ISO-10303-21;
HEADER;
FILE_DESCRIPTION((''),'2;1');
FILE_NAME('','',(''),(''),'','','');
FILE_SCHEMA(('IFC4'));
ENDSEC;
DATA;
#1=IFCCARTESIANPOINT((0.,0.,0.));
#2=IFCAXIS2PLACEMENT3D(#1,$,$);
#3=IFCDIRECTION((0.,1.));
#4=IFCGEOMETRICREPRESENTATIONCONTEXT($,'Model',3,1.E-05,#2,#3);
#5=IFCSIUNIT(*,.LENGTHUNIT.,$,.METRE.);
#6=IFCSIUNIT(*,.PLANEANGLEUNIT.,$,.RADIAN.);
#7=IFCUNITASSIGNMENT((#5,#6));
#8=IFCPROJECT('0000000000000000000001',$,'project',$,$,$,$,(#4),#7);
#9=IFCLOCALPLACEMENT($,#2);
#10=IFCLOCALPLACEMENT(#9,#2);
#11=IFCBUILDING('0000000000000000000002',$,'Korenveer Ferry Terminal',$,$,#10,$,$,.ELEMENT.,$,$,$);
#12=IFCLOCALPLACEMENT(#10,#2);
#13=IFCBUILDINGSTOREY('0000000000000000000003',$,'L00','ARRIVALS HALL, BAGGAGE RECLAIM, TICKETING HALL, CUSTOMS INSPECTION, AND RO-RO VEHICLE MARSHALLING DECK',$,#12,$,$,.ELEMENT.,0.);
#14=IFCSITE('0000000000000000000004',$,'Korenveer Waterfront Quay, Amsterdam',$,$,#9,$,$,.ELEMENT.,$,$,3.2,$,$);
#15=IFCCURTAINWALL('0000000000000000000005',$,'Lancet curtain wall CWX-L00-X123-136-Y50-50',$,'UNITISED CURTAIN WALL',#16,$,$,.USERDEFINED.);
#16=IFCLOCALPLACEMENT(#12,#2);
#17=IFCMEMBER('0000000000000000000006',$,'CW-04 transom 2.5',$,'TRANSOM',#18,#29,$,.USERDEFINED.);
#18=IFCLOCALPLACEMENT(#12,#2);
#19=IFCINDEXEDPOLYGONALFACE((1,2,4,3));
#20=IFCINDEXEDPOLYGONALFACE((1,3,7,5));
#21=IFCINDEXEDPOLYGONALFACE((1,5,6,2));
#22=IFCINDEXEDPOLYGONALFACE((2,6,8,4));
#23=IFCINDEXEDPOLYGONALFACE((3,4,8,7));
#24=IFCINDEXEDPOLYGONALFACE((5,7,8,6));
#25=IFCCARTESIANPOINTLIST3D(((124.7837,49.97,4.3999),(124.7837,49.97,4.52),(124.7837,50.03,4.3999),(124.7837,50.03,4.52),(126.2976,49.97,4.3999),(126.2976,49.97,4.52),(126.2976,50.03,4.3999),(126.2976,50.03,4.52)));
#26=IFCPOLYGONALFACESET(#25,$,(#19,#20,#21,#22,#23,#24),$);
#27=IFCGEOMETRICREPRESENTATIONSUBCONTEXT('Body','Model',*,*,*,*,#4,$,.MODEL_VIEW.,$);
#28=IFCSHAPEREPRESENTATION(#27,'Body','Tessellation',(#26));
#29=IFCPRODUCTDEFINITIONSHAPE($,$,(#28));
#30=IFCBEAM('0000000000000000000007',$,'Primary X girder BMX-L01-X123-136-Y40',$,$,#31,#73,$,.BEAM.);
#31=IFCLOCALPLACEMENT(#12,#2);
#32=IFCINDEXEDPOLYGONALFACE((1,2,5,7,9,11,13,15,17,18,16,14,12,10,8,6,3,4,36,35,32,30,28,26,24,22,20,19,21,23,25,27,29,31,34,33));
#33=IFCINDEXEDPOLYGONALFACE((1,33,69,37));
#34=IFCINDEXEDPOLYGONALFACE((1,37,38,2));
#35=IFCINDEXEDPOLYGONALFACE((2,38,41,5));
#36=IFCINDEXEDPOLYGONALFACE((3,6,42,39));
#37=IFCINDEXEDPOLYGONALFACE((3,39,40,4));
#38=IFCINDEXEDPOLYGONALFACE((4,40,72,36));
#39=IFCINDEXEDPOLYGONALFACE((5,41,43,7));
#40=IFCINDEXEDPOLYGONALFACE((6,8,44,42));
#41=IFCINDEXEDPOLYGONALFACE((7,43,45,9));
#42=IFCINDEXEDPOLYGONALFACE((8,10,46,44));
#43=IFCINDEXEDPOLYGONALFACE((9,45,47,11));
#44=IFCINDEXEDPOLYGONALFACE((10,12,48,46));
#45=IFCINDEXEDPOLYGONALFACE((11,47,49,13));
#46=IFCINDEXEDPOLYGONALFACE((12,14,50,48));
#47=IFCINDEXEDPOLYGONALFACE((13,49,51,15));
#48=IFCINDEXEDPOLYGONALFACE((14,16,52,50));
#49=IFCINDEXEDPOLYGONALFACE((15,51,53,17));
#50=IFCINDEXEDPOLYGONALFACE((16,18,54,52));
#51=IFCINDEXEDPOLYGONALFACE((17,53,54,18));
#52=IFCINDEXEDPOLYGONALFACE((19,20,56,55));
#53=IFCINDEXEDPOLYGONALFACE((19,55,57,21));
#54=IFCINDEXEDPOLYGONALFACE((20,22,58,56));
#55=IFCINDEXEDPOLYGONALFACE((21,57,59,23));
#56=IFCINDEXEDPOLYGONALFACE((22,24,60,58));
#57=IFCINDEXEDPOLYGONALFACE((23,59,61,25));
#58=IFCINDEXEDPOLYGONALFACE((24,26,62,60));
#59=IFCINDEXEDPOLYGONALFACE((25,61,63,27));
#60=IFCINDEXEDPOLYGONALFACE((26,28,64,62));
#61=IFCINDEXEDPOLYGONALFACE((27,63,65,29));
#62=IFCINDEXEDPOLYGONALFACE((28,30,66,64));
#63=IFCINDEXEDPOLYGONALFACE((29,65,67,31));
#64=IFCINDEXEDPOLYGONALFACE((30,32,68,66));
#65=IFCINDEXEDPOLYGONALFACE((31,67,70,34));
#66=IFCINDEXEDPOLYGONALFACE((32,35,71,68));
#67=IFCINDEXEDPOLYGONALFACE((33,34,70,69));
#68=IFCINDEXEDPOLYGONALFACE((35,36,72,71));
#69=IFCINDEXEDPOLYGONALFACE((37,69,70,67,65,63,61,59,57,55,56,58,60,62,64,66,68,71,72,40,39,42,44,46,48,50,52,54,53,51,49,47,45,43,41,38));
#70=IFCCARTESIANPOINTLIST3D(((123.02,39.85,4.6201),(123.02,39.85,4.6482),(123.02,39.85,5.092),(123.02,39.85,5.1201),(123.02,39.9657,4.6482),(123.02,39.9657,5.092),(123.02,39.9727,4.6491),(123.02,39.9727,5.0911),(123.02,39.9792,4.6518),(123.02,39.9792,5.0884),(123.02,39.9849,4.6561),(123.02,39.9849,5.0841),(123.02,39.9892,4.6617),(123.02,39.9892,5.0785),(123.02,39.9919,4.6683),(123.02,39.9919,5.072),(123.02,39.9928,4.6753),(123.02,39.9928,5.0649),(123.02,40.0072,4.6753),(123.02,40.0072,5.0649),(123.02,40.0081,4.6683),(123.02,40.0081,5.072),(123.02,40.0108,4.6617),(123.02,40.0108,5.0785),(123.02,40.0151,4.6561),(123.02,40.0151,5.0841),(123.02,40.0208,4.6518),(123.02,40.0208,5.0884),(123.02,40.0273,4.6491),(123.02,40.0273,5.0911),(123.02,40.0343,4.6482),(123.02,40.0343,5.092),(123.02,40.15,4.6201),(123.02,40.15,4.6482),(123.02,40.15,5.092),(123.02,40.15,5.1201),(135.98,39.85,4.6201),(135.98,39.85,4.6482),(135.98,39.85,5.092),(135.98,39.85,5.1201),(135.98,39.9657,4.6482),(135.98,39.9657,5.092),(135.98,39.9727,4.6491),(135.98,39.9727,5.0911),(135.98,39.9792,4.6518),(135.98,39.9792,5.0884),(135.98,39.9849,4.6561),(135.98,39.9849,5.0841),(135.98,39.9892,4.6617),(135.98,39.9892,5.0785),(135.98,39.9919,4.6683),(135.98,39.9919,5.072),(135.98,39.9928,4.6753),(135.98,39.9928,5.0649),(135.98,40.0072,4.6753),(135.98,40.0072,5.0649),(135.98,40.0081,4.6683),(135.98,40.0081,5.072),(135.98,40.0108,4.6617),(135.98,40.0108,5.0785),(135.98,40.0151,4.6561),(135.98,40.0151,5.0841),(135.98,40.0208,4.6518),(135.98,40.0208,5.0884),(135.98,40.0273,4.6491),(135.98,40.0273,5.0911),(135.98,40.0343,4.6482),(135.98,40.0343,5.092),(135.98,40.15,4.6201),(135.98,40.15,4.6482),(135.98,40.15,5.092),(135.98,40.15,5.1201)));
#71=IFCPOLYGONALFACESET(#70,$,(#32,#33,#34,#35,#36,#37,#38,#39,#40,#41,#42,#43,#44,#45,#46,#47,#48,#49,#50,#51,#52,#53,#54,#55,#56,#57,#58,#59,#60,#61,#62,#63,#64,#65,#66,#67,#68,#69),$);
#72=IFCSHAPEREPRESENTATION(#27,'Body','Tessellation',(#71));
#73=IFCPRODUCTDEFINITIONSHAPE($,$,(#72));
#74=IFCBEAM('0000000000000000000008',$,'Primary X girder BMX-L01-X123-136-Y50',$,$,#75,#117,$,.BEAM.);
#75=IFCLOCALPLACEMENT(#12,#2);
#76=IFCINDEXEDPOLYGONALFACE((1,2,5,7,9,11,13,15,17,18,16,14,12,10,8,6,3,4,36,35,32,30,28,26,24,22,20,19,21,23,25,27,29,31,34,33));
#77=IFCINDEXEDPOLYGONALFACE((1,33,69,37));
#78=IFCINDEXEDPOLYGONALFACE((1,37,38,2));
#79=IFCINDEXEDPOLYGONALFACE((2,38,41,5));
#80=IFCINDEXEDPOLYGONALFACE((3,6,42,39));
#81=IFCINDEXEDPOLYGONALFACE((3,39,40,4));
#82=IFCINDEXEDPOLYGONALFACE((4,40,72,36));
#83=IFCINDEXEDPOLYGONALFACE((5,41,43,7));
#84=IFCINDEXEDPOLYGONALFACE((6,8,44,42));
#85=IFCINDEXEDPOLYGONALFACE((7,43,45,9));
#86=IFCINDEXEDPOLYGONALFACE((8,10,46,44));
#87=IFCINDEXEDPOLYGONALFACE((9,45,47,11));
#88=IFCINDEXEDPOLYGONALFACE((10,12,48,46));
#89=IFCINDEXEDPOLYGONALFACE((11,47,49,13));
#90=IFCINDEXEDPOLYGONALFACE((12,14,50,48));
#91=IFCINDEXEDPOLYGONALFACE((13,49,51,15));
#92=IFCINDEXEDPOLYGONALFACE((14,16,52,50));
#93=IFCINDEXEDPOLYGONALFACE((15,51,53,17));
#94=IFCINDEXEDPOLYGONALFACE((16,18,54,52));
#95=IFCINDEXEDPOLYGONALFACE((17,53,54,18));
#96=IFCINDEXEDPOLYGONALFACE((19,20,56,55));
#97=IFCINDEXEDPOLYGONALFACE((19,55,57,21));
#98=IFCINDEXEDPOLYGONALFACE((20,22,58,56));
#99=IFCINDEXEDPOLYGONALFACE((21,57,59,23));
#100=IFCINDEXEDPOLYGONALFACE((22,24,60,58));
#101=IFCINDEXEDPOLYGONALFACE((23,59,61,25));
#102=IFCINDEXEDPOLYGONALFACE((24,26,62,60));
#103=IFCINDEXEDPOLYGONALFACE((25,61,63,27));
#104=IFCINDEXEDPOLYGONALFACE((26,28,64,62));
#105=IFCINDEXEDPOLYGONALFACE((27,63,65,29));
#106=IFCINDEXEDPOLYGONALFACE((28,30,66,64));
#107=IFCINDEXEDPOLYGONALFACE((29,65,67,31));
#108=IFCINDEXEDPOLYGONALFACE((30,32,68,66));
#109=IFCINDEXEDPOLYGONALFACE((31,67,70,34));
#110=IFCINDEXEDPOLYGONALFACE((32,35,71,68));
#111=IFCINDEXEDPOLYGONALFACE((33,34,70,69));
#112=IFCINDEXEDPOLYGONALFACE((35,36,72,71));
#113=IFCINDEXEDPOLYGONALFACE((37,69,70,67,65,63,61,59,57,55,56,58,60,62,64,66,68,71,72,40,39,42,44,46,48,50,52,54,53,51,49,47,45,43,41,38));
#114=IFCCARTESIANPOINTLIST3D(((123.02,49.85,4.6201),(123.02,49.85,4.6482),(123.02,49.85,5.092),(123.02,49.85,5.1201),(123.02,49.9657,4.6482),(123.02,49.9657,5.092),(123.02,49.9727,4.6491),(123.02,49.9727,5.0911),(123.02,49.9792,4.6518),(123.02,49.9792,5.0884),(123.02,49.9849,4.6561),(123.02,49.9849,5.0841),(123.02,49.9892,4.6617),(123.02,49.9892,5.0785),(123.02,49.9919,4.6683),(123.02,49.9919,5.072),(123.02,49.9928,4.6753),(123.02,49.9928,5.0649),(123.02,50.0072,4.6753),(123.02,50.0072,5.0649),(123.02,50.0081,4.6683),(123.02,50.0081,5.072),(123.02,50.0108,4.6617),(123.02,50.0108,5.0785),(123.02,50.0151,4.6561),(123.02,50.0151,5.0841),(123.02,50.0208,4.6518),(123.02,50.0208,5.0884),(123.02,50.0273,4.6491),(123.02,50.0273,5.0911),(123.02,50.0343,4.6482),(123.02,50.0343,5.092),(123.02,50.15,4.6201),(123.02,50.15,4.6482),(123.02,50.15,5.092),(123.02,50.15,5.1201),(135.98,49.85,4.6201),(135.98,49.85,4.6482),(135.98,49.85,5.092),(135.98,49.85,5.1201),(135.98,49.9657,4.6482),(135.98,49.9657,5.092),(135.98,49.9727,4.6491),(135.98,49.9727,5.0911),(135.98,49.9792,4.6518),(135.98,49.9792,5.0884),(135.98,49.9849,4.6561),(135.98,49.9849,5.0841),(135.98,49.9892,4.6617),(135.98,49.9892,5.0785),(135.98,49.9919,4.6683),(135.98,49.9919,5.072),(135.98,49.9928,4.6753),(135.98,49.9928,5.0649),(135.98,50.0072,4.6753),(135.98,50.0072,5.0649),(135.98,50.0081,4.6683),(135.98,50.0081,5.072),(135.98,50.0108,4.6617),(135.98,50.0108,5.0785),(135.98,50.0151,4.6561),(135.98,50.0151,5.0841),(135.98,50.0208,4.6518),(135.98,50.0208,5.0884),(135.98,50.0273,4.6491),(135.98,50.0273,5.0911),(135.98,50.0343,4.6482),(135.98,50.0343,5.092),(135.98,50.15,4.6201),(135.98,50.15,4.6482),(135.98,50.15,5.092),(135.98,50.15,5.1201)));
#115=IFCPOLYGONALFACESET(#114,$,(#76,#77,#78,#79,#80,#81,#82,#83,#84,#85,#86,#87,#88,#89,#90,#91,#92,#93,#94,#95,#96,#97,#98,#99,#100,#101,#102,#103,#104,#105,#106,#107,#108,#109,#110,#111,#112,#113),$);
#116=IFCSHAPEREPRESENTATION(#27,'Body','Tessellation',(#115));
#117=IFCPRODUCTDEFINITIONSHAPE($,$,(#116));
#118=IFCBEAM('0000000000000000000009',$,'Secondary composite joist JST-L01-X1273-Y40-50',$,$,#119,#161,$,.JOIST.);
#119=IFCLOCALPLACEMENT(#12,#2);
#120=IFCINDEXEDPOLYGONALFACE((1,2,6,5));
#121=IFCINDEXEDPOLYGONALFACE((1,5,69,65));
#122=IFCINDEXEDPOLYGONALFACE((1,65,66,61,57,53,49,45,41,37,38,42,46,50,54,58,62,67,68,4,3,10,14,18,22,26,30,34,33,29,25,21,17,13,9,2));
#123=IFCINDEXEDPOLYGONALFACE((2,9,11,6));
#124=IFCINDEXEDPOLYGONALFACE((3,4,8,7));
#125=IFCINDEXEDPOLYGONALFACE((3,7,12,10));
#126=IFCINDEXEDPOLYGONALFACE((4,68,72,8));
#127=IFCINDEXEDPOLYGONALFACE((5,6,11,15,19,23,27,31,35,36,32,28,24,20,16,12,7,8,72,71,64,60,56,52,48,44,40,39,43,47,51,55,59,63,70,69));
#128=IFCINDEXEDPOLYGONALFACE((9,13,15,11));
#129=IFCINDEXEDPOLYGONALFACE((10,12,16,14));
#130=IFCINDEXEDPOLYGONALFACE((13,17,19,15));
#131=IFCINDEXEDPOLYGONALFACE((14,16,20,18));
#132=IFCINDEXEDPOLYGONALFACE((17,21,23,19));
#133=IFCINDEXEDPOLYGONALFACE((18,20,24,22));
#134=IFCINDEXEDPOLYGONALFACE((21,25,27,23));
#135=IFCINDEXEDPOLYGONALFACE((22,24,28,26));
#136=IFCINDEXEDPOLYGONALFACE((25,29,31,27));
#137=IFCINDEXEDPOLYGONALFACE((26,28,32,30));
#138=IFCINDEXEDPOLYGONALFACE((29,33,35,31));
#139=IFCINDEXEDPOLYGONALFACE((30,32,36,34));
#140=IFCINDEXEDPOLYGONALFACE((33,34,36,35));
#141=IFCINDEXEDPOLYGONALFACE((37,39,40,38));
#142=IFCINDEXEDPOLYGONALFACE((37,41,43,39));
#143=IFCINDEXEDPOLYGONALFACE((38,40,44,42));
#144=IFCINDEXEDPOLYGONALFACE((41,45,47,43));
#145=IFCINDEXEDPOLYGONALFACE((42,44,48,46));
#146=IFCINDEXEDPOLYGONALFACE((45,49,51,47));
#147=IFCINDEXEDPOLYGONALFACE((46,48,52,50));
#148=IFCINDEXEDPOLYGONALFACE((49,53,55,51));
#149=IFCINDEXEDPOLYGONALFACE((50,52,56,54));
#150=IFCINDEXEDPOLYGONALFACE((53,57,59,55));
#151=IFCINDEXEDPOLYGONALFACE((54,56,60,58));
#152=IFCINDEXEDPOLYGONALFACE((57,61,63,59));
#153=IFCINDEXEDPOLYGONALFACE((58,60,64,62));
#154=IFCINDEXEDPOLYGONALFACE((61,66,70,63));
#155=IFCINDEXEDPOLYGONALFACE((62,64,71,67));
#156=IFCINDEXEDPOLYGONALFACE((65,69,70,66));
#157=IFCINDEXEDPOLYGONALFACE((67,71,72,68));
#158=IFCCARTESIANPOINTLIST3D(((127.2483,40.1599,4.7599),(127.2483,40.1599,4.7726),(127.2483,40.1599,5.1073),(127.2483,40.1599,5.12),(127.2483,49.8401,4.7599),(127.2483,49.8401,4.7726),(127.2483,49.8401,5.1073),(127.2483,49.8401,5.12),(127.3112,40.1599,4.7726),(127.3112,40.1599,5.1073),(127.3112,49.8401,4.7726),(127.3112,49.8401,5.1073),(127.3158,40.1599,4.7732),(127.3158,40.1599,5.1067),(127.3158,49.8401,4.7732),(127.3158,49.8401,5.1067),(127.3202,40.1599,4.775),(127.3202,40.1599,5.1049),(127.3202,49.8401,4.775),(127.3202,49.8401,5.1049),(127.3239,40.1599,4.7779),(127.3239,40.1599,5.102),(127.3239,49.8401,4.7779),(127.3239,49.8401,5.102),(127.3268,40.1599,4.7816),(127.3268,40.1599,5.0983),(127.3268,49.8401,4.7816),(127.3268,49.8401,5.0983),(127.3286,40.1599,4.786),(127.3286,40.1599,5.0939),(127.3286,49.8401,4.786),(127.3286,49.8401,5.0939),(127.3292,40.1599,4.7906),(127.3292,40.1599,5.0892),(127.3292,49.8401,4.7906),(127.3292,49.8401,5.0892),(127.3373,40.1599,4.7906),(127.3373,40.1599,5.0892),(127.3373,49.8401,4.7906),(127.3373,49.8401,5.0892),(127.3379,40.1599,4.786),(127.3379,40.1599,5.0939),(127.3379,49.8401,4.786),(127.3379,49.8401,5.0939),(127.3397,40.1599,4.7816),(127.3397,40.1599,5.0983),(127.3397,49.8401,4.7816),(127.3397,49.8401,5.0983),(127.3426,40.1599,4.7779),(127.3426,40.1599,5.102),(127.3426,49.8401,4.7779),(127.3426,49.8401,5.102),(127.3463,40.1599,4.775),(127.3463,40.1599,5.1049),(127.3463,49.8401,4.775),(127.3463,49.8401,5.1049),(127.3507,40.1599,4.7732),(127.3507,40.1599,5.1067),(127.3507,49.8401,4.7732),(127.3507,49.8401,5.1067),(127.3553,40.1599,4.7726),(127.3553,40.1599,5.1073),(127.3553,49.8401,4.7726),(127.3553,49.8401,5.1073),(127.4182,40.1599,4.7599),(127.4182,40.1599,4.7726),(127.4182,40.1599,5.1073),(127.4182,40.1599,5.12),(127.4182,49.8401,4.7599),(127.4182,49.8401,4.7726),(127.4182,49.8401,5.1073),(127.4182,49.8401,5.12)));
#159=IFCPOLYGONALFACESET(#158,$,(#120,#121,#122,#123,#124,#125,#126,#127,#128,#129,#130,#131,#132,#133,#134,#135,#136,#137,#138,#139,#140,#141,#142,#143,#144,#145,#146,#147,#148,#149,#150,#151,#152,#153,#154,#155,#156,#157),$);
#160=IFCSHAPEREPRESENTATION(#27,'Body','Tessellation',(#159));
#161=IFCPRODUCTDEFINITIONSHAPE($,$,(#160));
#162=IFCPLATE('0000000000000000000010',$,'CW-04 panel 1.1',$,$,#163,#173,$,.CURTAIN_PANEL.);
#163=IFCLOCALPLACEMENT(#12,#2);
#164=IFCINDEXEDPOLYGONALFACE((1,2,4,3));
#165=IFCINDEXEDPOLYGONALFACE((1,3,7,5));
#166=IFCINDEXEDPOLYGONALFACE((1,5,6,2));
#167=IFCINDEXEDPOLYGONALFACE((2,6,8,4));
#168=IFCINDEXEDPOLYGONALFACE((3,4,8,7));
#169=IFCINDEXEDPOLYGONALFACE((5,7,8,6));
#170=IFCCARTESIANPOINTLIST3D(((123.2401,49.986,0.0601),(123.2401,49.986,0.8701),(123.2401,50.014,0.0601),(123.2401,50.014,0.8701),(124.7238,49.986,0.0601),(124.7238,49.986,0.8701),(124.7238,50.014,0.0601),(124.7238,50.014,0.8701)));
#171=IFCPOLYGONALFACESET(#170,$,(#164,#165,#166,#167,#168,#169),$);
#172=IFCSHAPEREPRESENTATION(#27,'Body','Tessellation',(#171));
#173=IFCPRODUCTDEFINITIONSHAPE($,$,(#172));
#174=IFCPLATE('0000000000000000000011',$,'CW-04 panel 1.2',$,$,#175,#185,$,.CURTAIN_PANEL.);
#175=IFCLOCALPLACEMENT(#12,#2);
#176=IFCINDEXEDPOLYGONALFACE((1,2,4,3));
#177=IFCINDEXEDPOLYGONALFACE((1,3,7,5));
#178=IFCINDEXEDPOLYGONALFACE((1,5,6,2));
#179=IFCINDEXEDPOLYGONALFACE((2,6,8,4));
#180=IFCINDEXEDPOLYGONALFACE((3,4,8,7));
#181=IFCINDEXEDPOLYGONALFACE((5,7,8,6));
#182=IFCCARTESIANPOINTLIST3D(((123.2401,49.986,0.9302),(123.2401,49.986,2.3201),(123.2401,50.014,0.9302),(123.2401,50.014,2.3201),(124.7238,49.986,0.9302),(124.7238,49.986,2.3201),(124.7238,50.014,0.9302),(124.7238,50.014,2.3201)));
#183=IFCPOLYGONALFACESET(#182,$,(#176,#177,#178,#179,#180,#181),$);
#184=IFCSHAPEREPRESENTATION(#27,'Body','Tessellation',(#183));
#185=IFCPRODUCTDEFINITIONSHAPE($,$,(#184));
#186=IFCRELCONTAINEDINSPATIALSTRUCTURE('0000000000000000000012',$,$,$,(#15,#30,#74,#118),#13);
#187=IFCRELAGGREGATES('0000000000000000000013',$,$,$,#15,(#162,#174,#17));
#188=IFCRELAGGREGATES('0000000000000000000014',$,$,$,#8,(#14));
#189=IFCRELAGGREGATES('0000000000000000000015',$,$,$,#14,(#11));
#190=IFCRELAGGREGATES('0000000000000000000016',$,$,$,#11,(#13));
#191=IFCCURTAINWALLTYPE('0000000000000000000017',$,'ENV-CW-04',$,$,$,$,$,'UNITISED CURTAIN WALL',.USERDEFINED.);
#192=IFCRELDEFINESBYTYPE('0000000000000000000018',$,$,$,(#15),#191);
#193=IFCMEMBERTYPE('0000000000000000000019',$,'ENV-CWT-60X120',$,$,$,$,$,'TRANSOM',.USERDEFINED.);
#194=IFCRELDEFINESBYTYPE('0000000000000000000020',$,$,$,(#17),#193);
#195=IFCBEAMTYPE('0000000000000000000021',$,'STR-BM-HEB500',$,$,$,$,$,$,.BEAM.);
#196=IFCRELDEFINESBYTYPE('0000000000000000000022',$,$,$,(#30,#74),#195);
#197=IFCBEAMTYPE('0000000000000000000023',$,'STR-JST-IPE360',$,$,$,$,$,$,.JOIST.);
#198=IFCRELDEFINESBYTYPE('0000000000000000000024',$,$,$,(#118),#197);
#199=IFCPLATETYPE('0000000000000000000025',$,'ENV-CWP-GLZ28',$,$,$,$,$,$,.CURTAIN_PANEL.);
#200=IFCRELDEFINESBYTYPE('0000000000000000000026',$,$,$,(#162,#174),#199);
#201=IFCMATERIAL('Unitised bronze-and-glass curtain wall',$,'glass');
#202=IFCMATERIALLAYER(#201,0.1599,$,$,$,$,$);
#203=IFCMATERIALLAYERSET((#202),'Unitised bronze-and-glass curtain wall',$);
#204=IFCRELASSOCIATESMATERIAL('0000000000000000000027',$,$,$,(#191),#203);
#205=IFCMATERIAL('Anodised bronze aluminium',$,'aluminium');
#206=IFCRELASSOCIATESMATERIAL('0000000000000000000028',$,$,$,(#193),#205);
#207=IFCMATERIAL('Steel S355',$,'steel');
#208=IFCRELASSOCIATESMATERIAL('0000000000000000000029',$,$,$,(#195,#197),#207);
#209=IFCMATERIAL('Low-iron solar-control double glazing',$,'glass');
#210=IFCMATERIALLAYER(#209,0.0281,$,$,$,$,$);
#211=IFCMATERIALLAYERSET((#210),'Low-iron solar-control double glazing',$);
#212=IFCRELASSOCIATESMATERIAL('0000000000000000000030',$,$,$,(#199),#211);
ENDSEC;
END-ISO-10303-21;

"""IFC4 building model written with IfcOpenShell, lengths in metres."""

from ifc_helpers import new_model, si_unit, direction, frame, origin, origin_2d, place, context, subcontext, project, spatial, rectangle, i_section, extrude, material, layer, layer_set, material_profile, profile_set, type_object, element, aggregate, save


model = new_model("IFC4")

# Units and contexts
model_context = context("Model", 3, precision=1e-05, world=origin(), true_north=direction((0.0, 1.0)))
body_context = subcontext(model_context, "Body", "Model", "MODEL_VIEW")
ifc_project = project(units=[si_unit("LENGTHUNIT", "METRE"), si_unit("PLANEANGLEUNIT", "RADIAN")], contexts=[model_context])

# Site, building, storey
site_placement = place(None, origin())
site = spatial("IfcSite", under=ifc_project, at=site_placement, Name="Korenveer Waterfront Quay, Amsterdam", CompositionType="ELEMENT", RefElevation=3.2)
building_placement = place(site_placement, origin())
building = spatial("IfcBuilding", under=site, at=building_placement, Name="Korenveer Ferry Terminal", CompositionType="ELEMENT")
storey_placement = place(building_placement, origin())
storey = spatial("IfcBuildingStorey", under=building, at=storey_placement, Name="L00", Description="ARRIVALS HALL, BAGGAGE RECLAIM, TICKETING HALL, CUSTOMS INSPECTION, AND RO-RO VEHICLE MARSHALLING DECK", CompositionType="ELEMENT", Elevation=0.0)

# Curtain wall, member
ifc_material_1 = material(Name="Unitised bronze-and-glass curtain wall", Category="glass")
ifc_layer_1 = layer(ifc_material_1, 0.1599)
ifc_layer_set_1 = layer_set([ifc_layer_1], Name="Unitised bronze-and-glass curtain wall")
curtain_wall_type = type_object("IfcCurtainWallType", Name="ENV-CW-04", ElementType="UNITISED CURTAIN WALL", PredefinedType="USERDEFINED", material=ifc_layer_set_1)
curtain_wall_placement = place(storey_placement, frame((123.1799, 50.0, 0.0)))
curtain_wall = element("IfcCurtainWall", 1, at=curtain_wall_placement, inside=storey, type_object=curtain_wall_type, Name="Lancet curtain wall CWX-L00-X123-136-Y50-50", ObjectType="UNITISED CURTAIN WALL", PredefinedType="USERDEFINED")
ifc_material_2 = material(Name="Anodised bronze aluminium", Category="aluminium")
ifc_material_profile_1 = material_profile(ifc_material_2, rectangle(XDim=0.0601, YDim=0.1201, at=origin_2d()), Name="ALU 60x120")
ifc_profile_set_1 = profile_set([ifc_material_profile_1], Name="Anodised bronze aluminium")
member_type_1 = type_object("IfcMemberType", Name="ENV-CWT-60X120", ElementType="TRANSOM", PredefinedType="USERDEFINED", material=ifc_profile_set_1)
member_1_placement = place(storey_placement, frame((124.7837, 50.0, 4.46), z_axis=(1.0, 0.0, 0.0), x_axis=(0.0, 1.0, 0.0)))
member_1 = element("IfcMember", 2, at=member_1_placement, type_object=member_type_1, Name="CW-04 transom 2.5", ObjectType="TRANSOM", PredefinedType="USERDEFINED", context=body_context, shape_type="SweptSolid", body=[
    extrude(rectangle(XDim=0.0601, YDim=0.1201, at=origin_2d()), origin(), (0.0, 0.0, 1.0), 1.5139),
])

# Beams
ifc_material_3 = material(Name="Steel S355", Category="steel")
ifc_material_profile_2 = material_profile(ifc_material_3, i_section(OverallWidth=0.3, OverallDepth=0.5, WebThickness=0.0144, FlangeThickness=0.0281, FilletRadius=0.0271, at=origin_2d()), Name="HEB 500")
ifc_profile_set_2 = profile_set([ifc_material_profile_2], Name="Steel S355")
beam_type_1 = type_object("IfcBeamType", Name="STR-BM-HEB500", PredefinedType="BEAM", material=ifc_profile_set_2)
for number, where, z_axis, x_axis, name in (
    (3, (123.02, 40.0, 4.8701), (1.0, 0.0, 0.0), (0.0, 1.0, 0.0), "Primary X girder BMX-L01-X123-136-Y40"),
    (4, (123.02, 50.0, 4.8701), (1.0, 0.0, 0.0), (0.0, 1.0, 0.0), "Primary X girder BMX-L01-X123-136-Y50"),
):
    element("IfcBeam", number, at=place(storey_placement, frame(where, z_axis=z_axis, x_axis=x_axis)), inside=storey, type_object=beam_type_1, Name=name, PredefinedType="BEAM", context=body_context, shape_type="SweptSolid", body=[
        extrude(i_section(OverallWidth=0.3, OverallDepth=0.5, WebThickness=0.0144, FlangeThickness=0.0281, FilletRadius=0.0271, at=origin_2d()), origin(), (0.0, 0.0, 1.0), 12.96),
    ])
ifc_material_profile_3 = material_profile(ifc_material_3, i_section(OverallWidth=0.1699, OverallDepth=0.3601, WebThickness=0.0081, FlangeThickness=0.0127, FilletRadius=0.0181, at=origin_2d()), Name="IPE 360")
ifc_profile_set_3 = profile_set([ifc_material_profile_3], Name="Steel S355")
beam_type_2 = type_object("IfcBeamType", Name="STR-JST-IPE360", PredefinedType="JOIST", material=ifc_profile_set_3)
beam_placement = place(storey_placement, frame((127.3333, 40.1599, 4.9399), z_axis=(0.0, 1.0, 0.0), x_axis=(-1.0, 0.0, 0.0)))
element("IfcBeam", 5, at=beam_placement, inside=storey, type_object=beam_type_2, Name="Secondary composite joist JST-L01-X1273-Y40-50", PredefinedType="JOIST", context=body_context, shape_type="SweptSolid", body=[
    extrude(i_section(OverallWidth=0.1699, OverallDepth=0.3601, WebThickness=0.0081, FlangeThickness=0.0127, FilletRadius=0.0181, at=origin_2d()), origin(), (0.0, 0.0, 1.0), 9.6802),
])

# Plates
ifc_material_4 = material(Name="Low-iron solar-control double glazing", Category="glass")
ifc_layer_2 = layer(ifc_material_4, 0.0281)
ifc_layer_set_2 = layer_set([ifc_layer_2], Name="Low-iron solar-control double glazing")
plate_type = type_object("IfcPlateType", Name="ENV-CWP-GLZ28", PredefinedType="CURTAIN_PANEL", material=ifc_layer_set_2)
plate_1_placement = place(storey_placement, frame((123.9819, 50.0, 0.0601), z_axis=(0.0, 0.0, 1.0), x_axis=(1.0, 0.0, 0.0)))
plate_1 = element("IfcPlate", 6, at=plate_1_placement, type_object=plate_type, Name="CW-04 panel 1.1", PredefinedType="CURTAIN_PANEL", context=body_context, shape_type="SweptSolid", body=[
    extrude(rectangle(XDim=1.4836, YDim=0.0281, at=origin_2d()), origin(), (0.0, 0.0, 1.0), 0.8101),
])
plate_2_placement = place(storey_placement, frame((123.9819, 50.0, 0.9302), z_axis=(0.0, 0.0, 1.0), x_axis=(1.0, 0.0, 0.0)))
plate_2 = element("IfcPlate", 7, at=plate_2_placement, type_object=plate_type, Name="CW-04 panel 1.2", PredefinedType="CURTAIN_PANEL", context=body_context, shape_type="SweptSolid", body=[
    extrude(rectangle(XDim=1.4836, YDim=0.0281, at=origin_2d()), origin(), (0.0, 0.0, 1.0), 1.3899),
])
aggregate(curtain_wall, [plate_1, plate_2, member_1])

save(model, "model.ifc")
